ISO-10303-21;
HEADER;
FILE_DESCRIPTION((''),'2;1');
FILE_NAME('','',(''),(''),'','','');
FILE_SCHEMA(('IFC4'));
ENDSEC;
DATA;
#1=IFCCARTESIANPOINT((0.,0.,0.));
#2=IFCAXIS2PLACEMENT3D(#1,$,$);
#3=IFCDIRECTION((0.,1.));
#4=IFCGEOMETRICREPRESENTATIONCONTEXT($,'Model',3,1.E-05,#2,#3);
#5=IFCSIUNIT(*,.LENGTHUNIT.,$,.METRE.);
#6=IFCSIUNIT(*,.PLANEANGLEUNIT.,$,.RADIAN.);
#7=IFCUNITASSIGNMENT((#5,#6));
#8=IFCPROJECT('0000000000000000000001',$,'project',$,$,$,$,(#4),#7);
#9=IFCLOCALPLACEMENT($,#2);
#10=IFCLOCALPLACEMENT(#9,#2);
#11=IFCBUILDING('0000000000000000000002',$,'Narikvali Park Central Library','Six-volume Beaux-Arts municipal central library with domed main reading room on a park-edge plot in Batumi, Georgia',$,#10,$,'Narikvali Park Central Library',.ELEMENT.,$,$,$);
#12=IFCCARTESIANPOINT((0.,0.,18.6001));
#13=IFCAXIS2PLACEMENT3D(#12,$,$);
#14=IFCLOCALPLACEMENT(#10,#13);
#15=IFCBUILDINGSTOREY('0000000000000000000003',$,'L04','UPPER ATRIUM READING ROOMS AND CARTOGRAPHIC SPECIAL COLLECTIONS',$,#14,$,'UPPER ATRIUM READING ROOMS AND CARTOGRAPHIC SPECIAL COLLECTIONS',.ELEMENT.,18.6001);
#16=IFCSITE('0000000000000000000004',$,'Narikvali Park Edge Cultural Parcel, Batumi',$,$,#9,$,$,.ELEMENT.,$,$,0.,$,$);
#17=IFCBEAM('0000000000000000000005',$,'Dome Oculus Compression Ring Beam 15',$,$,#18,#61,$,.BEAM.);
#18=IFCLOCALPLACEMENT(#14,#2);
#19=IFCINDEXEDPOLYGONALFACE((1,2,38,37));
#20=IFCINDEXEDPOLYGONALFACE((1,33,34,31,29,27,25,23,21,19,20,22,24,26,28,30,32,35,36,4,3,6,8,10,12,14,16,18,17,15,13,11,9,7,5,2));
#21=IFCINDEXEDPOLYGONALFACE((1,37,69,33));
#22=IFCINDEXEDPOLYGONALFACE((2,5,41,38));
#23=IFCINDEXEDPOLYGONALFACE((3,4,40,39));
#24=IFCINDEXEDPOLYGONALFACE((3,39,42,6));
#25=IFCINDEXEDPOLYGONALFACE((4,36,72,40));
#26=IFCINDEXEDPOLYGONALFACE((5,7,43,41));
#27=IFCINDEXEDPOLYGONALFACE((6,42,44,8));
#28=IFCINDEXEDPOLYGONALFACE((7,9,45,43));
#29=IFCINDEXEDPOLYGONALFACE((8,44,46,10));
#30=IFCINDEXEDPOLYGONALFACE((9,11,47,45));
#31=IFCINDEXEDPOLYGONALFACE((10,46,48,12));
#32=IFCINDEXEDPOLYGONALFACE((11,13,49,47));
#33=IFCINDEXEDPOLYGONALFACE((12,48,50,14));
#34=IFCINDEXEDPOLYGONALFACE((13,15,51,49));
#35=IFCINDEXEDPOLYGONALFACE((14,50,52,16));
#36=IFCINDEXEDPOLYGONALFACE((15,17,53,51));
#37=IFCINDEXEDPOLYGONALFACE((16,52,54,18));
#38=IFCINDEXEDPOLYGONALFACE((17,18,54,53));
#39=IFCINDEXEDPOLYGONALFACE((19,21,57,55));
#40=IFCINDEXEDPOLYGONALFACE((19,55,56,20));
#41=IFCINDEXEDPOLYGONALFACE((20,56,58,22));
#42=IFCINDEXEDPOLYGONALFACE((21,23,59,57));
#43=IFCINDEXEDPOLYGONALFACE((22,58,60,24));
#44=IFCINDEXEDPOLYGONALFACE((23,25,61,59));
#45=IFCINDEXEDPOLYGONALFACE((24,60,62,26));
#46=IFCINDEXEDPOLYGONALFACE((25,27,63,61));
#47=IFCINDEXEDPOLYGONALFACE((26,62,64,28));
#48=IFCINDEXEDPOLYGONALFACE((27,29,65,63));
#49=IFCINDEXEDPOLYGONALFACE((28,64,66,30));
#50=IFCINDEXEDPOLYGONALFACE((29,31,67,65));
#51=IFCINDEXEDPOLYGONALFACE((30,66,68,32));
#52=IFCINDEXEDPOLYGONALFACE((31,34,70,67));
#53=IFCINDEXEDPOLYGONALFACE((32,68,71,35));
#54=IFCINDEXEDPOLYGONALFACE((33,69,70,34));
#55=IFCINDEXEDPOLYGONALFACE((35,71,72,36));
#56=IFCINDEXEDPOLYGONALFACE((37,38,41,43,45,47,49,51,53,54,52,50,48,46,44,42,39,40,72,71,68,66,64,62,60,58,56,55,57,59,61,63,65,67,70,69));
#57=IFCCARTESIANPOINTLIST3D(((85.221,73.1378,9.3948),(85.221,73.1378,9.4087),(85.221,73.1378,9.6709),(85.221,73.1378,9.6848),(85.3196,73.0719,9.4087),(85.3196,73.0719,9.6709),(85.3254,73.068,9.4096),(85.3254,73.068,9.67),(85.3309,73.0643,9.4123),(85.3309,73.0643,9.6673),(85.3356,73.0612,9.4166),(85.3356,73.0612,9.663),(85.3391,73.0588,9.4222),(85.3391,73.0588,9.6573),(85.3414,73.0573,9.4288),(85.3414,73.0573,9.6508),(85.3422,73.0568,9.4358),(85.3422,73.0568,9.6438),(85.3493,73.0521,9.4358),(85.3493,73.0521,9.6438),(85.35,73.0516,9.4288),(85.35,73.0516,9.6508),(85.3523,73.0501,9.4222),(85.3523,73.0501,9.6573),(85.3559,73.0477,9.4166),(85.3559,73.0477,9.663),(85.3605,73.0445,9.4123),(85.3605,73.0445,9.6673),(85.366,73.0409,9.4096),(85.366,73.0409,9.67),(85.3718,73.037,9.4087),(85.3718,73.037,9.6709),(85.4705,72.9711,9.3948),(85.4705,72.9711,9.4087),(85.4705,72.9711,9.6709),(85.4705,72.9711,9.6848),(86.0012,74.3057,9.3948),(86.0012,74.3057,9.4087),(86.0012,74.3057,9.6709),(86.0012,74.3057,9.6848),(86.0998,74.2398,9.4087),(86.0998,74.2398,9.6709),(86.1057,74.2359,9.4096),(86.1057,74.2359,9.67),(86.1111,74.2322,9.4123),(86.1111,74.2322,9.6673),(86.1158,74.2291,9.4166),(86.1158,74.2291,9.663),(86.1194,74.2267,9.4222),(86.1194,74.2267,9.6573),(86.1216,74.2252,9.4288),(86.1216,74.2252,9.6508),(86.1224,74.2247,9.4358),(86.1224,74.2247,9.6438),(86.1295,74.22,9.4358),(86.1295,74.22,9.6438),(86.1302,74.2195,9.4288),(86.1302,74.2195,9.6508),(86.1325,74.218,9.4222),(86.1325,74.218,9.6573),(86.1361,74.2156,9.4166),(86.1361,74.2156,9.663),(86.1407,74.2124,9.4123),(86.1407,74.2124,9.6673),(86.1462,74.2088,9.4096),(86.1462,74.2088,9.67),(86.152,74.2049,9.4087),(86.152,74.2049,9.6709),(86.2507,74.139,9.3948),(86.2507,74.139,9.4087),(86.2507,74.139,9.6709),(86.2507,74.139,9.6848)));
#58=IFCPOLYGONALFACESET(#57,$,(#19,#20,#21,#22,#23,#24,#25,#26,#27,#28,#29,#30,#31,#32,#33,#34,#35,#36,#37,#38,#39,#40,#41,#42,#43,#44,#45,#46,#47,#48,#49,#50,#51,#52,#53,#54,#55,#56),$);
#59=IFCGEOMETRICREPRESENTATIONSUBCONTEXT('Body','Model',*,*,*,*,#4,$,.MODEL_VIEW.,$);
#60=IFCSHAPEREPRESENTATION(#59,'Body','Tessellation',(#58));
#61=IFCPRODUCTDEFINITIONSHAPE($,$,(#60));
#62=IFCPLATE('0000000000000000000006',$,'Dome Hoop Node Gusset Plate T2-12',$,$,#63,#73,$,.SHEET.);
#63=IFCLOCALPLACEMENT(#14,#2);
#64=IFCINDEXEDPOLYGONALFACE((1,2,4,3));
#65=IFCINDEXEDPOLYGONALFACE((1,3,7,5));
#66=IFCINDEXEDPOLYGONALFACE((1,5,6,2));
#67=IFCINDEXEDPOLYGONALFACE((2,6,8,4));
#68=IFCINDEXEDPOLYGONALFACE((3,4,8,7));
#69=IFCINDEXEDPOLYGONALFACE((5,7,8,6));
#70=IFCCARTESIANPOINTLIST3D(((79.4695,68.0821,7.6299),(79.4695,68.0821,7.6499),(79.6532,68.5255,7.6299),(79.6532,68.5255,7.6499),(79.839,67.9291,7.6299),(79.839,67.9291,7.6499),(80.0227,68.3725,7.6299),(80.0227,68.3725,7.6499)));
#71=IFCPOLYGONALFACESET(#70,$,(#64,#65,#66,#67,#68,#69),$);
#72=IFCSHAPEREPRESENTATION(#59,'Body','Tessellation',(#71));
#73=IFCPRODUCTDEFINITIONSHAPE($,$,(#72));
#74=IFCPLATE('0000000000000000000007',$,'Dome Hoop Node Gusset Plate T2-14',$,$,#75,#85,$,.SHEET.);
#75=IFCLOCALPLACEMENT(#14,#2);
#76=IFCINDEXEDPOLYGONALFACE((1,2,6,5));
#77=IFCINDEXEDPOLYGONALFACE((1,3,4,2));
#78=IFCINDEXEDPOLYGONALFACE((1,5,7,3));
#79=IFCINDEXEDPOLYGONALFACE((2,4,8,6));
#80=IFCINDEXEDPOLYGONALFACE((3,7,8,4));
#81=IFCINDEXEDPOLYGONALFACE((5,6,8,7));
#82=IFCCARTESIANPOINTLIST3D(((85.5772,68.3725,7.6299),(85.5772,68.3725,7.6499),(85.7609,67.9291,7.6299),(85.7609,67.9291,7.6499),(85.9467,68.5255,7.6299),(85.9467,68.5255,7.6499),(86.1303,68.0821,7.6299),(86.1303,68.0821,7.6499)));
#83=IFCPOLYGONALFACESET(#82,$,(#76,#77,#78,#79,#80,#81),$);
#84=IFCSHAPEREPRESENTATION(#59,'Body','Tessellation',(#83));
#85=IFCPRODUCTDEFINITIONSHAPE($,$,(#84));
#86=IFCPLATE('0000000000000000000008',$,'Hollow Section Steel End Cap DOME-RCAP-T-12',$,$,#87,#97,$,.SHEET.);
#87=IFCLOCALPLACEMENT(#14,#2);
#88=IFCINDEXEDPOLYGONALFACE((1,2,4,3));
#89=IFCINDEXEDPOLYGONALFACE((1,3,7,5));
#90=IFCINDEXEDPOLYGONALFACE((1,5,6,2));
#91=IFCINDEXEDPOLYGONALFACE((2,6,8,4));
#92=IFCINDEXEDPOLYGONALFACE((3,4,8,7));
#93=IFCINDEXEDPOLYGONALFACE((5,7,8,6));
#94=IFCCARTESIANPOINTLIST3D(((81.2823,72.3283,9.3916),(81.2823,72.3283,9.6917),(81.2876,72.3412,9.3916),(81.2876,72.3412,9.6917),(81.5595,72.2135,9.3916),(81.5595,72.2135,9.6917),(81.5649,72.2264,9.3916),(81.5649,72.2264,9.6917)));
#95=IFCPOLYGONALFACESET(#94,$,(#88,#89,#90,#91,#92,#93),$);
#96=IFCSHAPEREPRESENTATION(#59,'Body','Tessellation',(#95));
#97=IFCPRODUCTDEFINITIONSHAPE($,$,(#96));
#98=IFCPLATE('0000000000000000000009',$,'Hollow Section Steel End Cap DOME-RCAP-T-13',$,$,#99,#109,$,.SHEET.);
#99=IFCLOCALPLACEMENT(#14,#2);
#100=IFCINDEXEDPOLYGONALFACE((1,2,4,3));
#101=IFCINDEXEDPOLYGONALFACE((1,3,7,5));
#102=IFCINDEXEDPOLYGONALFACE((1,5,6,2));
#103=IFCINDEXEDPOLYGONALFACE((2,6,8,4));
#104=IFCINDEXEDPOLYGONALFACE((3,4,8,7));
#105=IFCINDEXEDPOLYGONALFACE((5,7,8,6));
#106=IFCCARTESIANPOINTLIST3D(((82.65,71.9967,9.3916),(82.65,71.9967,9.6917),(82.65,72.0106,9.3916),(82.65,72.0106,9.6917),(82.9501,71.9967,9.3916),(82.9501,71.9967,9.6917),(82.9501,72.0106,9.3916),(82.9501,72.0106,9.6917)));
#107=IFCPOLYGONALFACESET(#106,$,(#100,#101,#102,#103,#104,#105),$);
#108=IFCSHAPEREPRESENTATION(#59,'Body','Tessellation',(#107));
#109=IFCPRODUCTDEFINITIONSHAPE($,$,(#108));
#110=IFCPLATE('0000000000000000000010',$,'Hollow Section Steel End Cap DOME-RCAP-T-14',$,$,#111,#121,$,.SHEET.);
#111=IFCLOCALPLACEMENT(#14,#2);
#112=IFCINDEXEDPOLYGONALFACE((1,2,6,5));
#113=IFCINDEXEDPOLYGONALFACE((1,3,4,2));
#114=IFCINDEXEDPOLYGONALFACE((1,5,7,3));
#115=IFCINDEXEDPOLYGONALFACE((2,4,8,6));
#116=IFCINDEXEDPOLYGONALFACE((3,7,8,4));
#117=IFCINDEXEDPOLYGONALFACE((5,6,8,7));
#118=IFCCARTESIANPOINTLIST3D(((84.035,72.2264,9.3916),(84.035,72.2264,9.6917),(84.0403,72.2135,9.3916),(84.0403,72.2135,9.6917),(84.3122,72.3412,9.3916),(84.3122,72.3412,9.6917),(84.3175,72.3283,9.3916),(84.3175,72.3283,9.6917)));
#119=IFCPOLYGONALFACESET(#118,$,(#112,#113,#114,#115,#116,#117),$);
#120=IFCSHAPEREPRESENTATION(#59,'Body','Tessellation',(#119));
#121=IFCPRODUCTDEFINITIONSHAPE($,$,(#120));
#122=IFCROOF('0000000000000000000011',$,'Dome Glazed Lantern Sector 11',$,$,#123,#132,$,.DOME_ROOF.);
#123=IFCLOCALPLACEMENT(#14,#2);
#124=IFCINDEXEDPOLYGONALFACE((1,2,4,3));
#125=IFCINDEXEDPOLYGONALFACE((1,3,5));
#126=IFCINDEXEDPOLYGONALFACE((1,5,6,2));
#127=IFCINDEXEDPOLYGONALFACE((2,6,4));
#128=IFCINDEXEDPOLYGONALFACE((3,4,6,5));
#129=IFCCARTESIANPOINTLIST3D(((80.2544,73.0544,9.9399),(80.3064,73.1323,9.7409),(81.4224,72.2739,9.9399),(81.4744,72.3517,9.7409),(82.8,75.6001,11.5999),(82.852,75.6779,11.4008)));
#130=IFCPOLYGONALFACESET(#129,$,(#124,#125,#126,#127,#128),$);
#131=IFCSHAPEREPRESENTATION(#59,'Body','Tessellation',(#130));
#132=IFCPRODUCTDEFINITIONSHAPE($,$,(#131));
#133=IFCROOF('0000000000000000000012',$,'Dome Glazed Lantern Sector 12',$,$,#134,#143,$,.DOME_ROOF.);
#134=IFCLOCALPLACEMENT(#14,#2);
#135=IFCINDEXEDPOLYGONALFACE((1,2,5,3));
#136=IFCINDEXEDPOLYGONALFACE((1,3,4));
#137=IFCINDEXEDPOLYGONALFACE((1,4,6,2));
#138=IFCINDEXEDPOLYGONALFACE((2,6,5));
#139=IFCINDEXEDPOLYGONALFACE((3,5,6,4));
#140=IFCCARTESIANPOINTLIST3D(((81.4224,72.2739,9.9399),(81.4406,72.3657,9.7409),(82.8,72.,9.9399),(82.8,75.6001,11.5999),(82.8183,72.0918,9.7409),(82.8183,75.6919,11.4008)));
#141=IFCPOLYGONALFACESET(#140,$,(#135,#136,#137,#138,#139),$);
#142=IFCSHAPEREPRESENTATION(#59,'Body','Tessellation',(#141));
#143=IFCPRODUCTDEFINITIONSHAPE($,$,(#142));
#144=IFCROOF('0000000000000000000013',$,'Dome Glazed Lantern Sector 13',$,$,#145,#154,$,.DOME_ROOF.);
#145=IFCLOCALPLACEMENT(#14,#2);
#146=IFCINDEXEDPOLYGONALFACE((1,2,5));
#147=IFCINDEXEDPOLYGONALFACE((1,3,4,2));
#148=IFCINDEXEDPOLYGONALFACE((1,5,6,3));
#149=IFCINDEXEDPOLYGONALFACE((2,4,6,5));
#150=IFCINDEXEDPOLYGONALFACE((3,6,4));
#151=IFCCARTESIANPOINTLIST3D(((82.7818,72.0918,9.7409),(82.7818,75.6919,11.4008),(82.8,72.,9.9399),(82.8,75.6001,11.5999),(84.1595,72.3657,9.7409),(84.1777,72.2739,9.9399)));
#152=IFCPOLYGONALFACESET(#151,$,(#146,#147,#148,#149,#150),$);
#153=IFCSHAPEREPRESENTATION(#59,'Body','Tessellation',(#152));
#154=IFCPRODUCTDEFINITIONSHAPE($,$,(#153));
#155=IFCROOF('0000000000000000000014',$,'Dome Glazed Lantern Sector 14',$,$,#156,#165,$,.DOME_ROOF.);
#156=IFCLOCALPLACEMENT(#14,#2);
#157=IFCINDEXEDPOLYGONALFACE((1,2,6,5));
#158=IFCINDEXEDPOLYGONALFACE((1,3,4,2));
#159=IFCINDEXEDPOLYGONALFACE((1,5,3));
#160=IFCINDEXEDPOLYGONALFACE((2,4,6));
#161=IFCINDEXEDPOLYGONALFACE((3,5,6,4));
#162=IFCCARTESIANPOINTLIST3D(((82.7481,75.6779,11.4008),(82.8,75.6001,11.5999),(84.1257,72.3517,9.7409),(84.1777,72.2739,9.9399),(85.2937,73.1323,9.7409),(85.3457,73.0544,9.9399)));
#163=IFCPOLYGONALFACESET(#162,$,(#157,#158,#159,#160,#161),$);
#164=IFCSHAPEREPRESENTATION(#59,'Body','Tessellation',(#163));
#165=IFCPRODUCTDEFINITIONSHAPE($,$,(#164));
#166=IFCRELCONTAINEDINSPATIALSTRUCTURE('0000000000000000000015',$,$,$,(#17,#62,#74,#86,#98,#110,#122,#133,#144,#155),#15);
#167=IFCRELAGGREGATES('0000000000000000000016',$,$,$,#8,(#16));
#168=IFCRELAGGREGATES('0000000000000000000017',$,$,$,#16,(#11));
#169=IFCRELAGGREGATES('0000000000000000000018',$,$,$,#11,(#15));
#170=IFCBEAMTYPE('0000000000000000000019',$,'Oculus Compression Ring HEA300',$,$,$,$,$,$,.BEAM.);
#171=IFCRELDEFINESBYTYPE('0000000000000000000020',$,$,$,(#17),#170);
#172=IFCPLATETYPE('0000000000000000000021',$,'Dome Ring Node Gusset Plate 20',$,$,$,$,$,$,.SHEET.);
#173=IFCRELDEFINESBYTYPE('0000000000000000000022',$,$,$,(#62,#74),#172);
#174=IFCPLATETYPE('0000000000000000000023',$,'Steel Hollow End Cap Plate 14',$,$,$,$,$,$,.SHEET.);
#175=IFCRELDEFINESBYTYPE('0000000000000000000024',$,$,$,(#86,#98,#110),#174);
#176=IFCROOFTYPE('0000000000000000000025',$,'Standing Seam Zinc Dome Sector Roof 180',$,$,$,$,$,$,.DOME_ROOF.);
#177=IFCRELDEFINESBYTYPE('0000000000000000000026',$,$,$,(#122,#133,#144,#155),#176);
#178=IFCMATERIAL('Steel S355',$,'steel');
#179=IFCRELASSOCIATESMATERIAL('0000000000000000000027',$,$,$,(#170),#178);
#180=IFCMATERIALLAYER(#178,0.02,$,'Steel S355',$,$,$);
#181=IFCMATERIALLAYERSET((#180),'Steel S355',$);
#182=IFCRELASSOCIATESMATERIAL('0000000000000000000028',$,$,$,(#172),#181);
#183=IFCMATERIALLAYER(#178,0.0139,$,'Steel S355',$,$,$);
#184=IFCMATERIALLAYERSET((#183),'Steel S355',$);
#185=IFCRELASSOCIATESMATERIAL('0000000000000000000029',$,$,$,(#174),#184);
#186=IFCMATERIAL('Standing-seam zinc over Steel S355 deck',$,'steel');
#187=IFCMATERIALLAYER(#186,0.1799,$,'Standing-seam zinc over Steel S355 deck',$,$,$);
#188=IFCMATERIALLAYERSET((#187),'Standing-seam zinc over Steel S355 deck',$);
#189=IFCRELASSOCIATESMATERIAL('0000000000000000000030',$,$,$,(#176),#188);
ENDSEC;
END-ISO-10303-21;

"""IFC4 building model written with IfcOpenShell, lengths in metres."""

from ifc_helpers import new_model, si_unit, direction, frame, origin, origin_2d, place, context, subcontext, project, spatial, polyline, rectangle, i_section, outline, extrude, material, layer, layer_set, material_profile, profile_set, type_object, element, save


model = new_model("IFC4")

# Units and contexts
model_context = context("Model", 3, precision=1e-05, world=origin(), true_north=direction((0.0, 1.0)))
body_context = subcontext(model_context, "Body", "Model", "MODEL_VIEW")
ifc_project = project(units=[si_unit("LENGTHUNIT", "METRE"), si_unit("PLANEANGLEUNIT", "RADIAN")], contexts=[model_context])

# Site, building, storey
site_placement = place(None, origin())
site = spatial("IfcSite", under=ifc_project, at=site_placement, Name="Narikvali Park Edge Cultural Parcel, Batumi", CompositionType="ELEMENT", RefElevation=0.0)
building_placement = place(site_placement, origin())
building = spatial("IfcBuilding", under=site, at=building_placement, Name="Narikvali Park Central Library", Description="Six-volume Beaux-Arts municipal central library with domed main reading room on a park-edge plot in Batumi, Georgia", LongName="Narikvali Park Central Library", CompositionType="ELEMENT")
storey_placement = place(building_placement, frame((0.0, 0.0, 18.6001)))
storey = spatial("IfcBuildingStorey", under=building, at=storey_placement, Name="L04", Description="UPPER ATRIUM READING ROOMS AND CARTOGRAPHIC SPECIAL COLLECTIONS", LongName="UPPER ATRIUM READING ROOMS AND CARTOGRAPHIC SPECIAL COLLECTIONS", CompositionType="ELEMENT", Elevation=18.6001)

# Shared definitions
ifc_material_1 = material(Name="Steel S355", Category="steel")

# Beam
ifc_material_profile_1 = material_profile(ifc_material_1, i_section(OverallWidth=0.3, OverallDepth=0.29, WebThickness=0.0085, FlangeThickness=0.0139, FilletRadius=0.0271, at=origin_2d()), Name="HEA 300")
ifc_profile_set_1 = profile_set([ifc_material_profile_1], Name="Steel S355")
beam_type = type_object("IfcBeamType", Name="Oculus Compression Ring HEA300", PredefinedType="BEAM", material=ifc_profile_set_1)
beam_1_placement = place(storey_placement, frame((85.3457, 73.0544, 9.5398), z_axis=(0.555502, 0.831515, 0.0), x_axis=(-0.831515, 0.555502, 0.0)))
element("IfcBeam", 1, at=beam_1_placement, inside=storey, type_object=beam_type, Name="Dome Oculus Compression Ring Beam 15", PredefinedType="BEAM", context=body_context, shape_type="SweptSolid", body=[
    extrude(i_section(OverallWidth=0.3, OverallDepth=0.29, WebThickness=0.0085, FlangeThickness=0.0139, FilletRadius=0.0271, at=origin_2d()), origin(), (0.0, 0.0, 1.0), 1.4045),
])

# Plates
ifc_layer_1 = layer(ifc_material_1, 0.02, Name="Steel S355")
ifc_layer_set_1 = layer_set([ifc_layer_1], Name="Steel S355")
plate_type_1 = type_object("IfcPlateType", Name="Dome Ring Node Gusset Plate 20", PredefinedType="SHEET", material=ifc_layer_set_1)
for number, where, z_axis, x_axis, name in (
    (2, (79.7461, 68.2273, 7.6299), (0.0, 0.0, 1.0), (-0.382683, -0.92388, 0.0), "Dome Hoop Node Gusset Plate T2-12"),
    (3, (85.8538, 68.2273, 7.6299), (0.0, 0.0, 1.0), (0.382683, -0.92388, 0.0), "Dome Hoop Node Gusset Plate T2-14"),
):
    element("IfcPlate", number, at=place(storey_placement, frame(where, z_axis=z_axis, x_axis=x_axis)), inside=storey, type_object=plate_type_1, Name=name, PredefinedType="SHEET", context=body_context, shape_type="SweptSolid", body=[
        extrude(rectangle(XDim=0.48, YDim=0.3999, at=origin_2d()), origin(), (0.0, 0.0, 1.0), 0.02),
    ])
ifc_layer_2 = layer(ifc_material_1, 0.0139, Name="Steel S355")
ifc_layer_set_2 = layer_set([ifc_layer_2], Name="Steel S355")
plate_type_2 = type_object("IfcPlateType", Name="Steel Hollow End Cap Plate 14", PredefinedType="SHEET", material=ifc_layer_set_2)
for number, where, z_axis, x_axis, name in (
    (4, (81.4236, 72.2773, 9.3916), (0.0, 0.0, 1.0), (0.92388, -0.382683, 0.0), "Hollow Section Steel End Cap DOME-RCAP-T-12"),
    (5, (82.8, 72.0037, 9.3916), (0.0, 0.0, 1.0), (1.0, 0.0, 0.0), "Hollow Section Steel End Cap DOME-RCAP-T-13"),
    (6, (84.1763, 72.2773, 9.3916), (0.0, 0.0, 1.0), (0.92388, 0.382683, 0.0), "Hollow Section Steel End Cap DOME-RCAP-T-14"),
):
    element("IfcPlate", number, at=place(storey_placement, frame(where, z_axis=z_axis, x_axis=x_axis)), inside=storey, type_object=plate_type_2, Name=name, PredefinedType="SHEET", context=body_context, shape_type="SweptSolid", body=[
        extrude(rectangle(XDim=0.3, YDim=0.0139, at=origin_2d()), origin(), (0.0, 0.0, 1.0), 0.3),
    ])

# Roofs
ifc_material_2 = material(Name="Standing-seam zinc over Steel S355 deck", Category="steel")
ifc_layer_3 = layer(ifc_material_2, 0.1799, Name="Standing-seam zinc over Steel S355 deck")
ifc_layer_set_3 = layer_set([ifc_layer_3], Name="Standing-seam zinc over Steel S355 deck")
roof_type = type_object("IfcRoofType", Name="Standing Seam Zinc Dome Sector Roof 180", PredefinedType="DOME_ROOF", material=ifc_layer_set_3)
roof_1_placement = place(storey_placement, frame((80.2544, 73.0544, 9.9399), z_axis=(-0.236382, -0.353722, 0.904988), x_axis=(0.831435, -0.555622, 0.0)))
element("IfcRoof", 7, at=roof_1_placement, inside=storey, type_object=roof_type, Name="Dome Glazed Lantern Sector 11", PredefinedType="DOME_ROOF", context=body_context, shape_type="SweptSolid", body=[
    extrude(outline(polyline([(0.0, 0.0), (1.4048, 0.0), (0.7021, 3.9017), (0.0, 0.0)])), origin(), (0.0, 0.0, -1.0), 0.22),
])
roof_2_placement = place(storey_placement, frame((81.4224, 72.2739, 9.9399), z_axis=(-0.082965, -0.417267, 0.904989), x_axis=(0.980801, -0.195013, 0.0)))
element("IfcRoof", 8, at=roof_2_placement, inside=storey, type_object=roof_type, Name="Dome Glazed Lantern Sector 12", PredefinedType="DOME_ROOF", context=body_context, shape_type="SweptSolid", body=[
    extrude(outline(polyline([(0.0, 0.0), (1.4047, 0.0), (0.7026, 3.9017), (0.0, 0.0)])), origin(), (0.0, 0.0, -1.0), 0.22),
])
roof_3_placement = place(storey_placement, frame((82.8, 72.0, 9.9399), z_axis=(0.082965, -0.417267, 0.904989), x_axis=(0.980801, 0.195013, 0.0)))
element("IfcRoof", 9, at=roof_3_placement, inside=storey, type_object=roof_type, Name="Dome Glazed Lantern Sector 13", PredefinedType="DOME_ROOF", context=body_context, shape_type="SweptSolid", body=[
    extrude(outline(polyline([(0.0, 0.0), (1.4047, 0.0), (0.7021, 3.9017), (0.0, 0.0)])), origin(), (0.0, 0.0, -1.0), 0.22),
])
roof_4_placement = place(storey_placement, frame((84.1777, 72.2739, 9.9399), z_axis=(0.236382, -0.353722, 0.904988), x_axis=(0.831435, 0.555622, 0.0)))
element("IfcRoof", 10, at=roof_4_placement, inside=storey, type_object=roof_type, Name="Dome Glazed Lantern Sector 14", PredefinedType="DOME_ROOF", context=body_context, shape_type="SweptSolid", body=[
    extrude(outline(polyline([(0.0, 0.0), (1.4048, 0.0), (0.7026, 3.9017), (0.0, 0.0)])), origin(), (0.0, 0.0, -1.0), 0.22),
])

save(model, "model.ifc")
